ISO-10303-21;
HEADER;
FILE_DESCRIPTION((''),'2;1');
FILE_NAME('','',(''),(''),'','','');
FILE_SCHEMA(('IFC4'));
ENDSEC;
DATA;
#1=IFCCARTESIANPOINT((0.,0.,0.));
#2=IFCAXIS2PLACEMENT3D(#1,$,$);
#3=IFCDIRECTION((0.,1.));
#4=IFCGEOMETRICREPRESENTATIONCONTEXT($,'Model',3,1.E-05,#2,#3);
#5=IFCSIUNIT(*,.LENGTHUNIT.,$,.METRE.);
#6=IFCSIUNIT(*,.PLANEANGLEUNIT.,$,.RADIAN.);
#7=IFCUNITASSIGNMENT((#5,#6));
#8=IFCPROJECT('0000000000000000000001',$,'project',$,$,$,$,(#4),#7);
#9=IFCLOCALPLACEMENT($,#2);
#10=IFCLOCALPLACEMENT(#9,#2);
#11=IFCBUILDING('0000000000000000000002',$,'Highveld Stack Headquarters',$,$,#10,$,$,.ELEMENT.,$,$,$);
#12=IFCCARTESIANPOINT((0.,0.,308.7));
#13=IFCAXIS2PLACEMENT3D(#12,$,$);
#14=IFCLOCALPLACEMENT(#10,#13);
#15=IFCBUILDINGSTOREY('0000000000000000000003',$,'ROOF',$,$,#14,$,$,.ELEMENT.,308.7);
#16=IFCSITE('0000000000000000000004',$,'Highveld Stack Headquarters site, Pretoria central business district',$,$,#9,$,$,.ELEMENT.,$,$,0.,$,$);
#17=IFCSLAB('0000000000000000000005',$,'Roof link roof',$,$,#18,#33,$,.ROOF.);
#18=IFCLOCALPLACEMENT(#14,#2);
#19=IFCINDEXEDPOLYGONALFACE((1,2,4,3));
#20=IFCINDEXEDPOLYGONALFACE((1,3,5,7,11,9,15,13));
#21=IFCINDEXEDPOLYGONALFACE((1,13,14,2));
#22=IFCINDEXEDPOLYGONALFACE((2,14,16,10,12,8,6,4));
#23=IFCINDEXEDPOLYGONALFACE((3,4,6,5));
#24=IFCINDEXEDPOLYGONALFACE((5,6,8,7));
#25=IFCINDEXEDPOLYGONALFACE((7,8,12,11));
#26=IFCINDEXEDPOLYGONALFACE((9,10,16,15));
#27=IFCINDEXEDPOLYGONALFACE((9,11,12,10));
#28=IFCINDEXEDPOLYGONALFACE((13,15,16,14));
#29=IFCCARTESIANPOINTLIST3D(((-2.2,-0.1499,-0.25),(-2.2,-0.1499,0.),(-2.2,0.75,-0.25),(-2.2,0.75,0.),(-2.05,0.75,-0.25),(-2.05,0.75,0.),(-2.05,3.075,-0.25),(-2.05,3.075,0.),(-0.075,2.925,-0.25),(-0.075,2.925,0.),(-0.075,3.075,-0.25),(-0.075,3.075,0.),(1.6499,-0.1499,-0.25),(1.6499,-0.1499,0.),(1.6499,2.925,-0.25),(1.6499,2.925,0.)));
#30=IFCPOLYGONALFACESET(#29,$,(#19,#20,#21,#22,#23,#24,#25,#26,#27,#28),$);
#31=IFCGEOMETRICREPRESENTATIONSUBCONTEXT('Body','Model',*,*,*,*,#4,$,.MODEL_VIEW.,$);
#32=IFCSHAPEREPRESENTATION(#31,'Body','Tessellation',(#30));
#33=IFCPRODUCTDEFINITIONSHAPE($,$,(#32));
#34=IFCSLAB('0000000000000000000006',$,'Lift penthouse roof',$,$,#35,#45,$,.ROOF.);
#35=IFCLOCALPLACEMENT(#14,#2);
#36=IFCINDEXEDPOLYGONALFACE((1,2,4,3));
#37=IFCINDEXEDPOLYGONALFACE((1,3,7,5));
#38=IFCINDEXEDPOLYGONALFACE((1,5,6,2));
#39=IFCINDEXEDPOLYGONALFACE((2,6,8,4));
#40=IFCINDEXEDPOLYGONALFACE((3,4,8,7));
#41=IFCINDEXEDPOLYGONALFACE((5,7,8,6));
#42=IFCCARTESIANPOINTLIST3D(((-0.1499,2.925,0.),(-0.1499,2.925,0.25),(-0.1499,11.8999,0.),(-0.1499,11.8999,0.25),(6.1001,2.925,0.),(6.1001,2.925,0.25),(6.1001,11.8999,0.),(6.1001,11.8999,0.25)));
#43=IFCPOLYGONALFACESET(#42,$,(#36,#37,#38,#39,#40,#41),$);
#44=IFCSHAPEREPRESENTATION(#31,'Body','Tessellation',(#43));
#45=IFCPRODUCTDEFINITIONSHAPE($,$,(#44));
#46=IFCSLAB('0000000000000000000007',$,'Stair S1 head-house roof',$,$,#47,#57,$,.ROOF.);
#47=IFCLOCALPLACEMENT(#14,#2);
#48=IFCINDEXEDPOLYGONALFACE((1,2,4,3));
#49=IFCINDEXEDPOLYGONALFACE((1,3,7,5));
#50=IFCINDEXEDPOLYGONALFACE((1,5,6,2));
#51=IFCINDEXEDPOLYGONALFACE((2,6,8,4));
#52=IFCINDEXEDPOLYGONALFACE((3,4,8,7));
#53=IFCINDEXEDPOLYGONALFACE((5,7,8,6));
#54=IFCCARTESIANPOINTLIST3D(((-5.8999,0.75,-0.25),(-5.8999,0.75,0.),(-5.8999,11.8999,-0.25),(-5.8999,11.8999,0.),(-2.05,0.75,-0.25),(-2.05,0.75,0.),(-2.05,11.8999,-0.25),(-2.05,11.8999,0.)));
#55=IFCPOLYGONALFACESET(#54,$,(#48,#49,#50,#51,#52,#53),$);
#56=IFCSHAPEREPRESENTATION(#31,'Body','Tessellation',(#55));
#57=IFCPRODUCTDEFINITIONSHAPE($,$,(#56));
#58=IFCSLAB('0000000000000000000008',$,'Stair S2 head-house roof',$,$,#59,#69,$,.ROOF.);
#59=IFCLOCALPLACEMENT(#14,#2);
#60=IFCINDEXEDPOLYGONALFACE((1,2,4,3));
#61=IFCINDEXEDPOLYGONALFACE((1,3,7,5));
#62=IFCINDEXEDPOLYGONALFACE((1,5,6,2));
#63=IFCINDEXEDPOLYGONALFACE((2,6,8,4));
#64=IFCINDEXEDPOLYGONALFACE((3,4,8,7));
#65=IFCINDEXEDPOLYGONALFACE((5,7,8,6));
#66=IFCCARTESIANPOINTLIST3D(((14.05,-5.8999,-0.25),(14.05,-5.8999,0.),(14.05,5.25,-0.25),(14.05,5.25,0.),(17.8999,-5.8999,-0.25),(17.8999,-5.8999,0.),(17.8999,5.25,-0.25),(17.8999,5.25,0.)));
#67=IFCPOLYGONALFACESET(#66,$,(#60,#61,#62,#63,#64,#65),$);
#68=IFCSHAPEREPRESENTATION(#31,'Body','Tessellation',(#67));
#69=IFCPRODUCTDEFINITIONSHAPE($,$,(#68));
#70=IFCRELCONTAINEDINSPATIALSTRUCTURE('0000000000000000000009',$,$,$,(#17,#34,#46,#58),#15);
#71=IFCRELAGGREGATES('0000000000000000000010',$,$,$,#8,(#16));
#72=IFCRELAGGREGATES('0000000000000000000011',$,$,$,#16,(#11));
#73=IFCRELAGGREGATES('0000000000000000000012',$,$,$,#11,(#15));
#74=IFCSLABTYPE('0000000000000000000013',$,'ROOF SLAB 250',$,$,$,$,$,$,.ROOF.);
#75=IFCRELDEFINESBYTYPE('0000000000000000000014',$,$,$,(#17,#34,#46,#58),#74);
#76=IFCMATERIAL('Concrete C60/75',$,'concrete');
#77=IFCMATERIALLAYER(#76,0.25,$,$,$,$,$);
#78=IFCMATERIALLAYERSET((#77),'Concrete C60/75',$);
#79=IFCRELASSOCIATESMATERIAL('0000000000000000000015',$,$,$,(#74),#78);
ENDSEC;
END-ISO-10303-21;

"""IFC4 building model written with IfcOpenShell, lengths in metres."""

from ifc_helpers import new_model, si_unit, direction, frame, origin, place, context, subcontext, project, spatial, polyline, outline, extrude, material, layer, layer_set, type_object, element, save


model = new_model("IFC4")

# Units and contexts
model_context = context("Model", 3, precision=1e-05, world=origin(), true_north=direction((0.0, 1.0)))
body_context = subcontext(model_context, "Body", "Model", "MODEL_VIEW")
ifc_project = project(units=[si_unit("LENGTHUNIT", "METRE"), si_unit("PLANEANGLEUNIT", "RADIAN")], contexts=[model_context])

# Site, building, storey
site_placement = place(None, origin())
site = spatial("IfcSite", under=ifc_project, at=site_placement, Name="Highveld Stack Headquarters site, Pretoria central business district", CompositionType="ELEMENT", RefElevation=0.0)
building_placement = place(site_placement, origin())
building = spatial("IfcBuilding", under=site, at=building_placement, Name="Highveld Stack Headquarters", CompositionType="ELEMENT")
storey_placement = place(building_placement, frame((0.0, 0.0, 308.7)))
storey = spatial("IfcBuildingStorey", under=building, at=storey_placement, Name="ROOF", CompositionType="ELEMENT", Elevation=308.7)

# Slabs
ifc_material = material(Name="Concrete C60/75", Category="concrete")
ifc_layer = layer(ifc_material, 0.25)
ifc_layer_set = layer_set([ifc_layer], Name="Concrete C60/75")
slab_type = type_object("IfcSlabType", Name="ROOF SLAB 250", PredefinedType="ROOF", material=ifc_layer_set)
slab_1_placement = place(storey_placement, frame((0.0, 0.0, -0.25)))
element("IfcSlab", 1, at=slab_1_placement, inside=storey, type_object=slab_type, Name="Roof link roof", PredefinedType="ROOF", context=body_context, shape_type="SweptSolid", body=[
    extrude(outline(polyline([(-2.2, -0.1499), (1.6499, -0.1499), (1.6499, 2.925), (-0.075, 2.925), (-0.075, 3.075), (-2.05, 3.075), (-2.05, 0.75), (-2.2, 0.75), (-2.2, -0.1499)])), origin(), (0.0, 0.0, 1.0), 0.25),
])
slab_2_placement = place(storey_placement, origin())
element("IfcSlab", 2, at=slab_2_placement, inside=storey, type_object=slab_type, Name="Lift penthouse roof", PredefinedType="ROOF", context=body_context, shape_type="SweptSolid", body=[
    extrude(outline(polyline([(-0.1499, 2.925), (6.1001, 2.925), (6.1001, 11.8999), (-0.1499, 11.8999), (-0.1499, 2.925)])), origin(), (0.0, 0.0, 1.0), 0.25),
])
slab_3_placement = place(storey_placement, frame((0.0, 0.0, -0.25)))
element("IfcSlab", 3, at=slab_3_placement, inside=storey, type_object=slab_type, Name="Stair S1 head-house roof", PredefinedType="ROOF", context=body_context, shape_type="SweptSolid", body=[
    extrude(outline(polyline([(-5.8999, 0.75), (-2.05, 0.75), (-2.05, 11.8999), (-5.8999, 11.8999), (-5.8999, 0.75)])), origin(), (0.0, 0.0, 1.0), 0.25),
])
slab_4_placement = place(storey_placement, frame((0.0, 0.0, -0.25)))
element("IfcSlab", 4, at=slab_4_placement, inside=storey, type_object=slab_type, Name="Stair S2 head-house roof", PredefinedType="ROOF", context=body_context, shape_type="SweptSolid", body=[
    extrude(outline(polyline([(14.05, -5.8999), (17.8999, -5.8999), (17.8999, 5.25), (14.05, 5.25), (14.05, -5.8999)])), origin(), (0.0, 0.0, 1.0), 0.25),
])

save(model, "model.ifc")
